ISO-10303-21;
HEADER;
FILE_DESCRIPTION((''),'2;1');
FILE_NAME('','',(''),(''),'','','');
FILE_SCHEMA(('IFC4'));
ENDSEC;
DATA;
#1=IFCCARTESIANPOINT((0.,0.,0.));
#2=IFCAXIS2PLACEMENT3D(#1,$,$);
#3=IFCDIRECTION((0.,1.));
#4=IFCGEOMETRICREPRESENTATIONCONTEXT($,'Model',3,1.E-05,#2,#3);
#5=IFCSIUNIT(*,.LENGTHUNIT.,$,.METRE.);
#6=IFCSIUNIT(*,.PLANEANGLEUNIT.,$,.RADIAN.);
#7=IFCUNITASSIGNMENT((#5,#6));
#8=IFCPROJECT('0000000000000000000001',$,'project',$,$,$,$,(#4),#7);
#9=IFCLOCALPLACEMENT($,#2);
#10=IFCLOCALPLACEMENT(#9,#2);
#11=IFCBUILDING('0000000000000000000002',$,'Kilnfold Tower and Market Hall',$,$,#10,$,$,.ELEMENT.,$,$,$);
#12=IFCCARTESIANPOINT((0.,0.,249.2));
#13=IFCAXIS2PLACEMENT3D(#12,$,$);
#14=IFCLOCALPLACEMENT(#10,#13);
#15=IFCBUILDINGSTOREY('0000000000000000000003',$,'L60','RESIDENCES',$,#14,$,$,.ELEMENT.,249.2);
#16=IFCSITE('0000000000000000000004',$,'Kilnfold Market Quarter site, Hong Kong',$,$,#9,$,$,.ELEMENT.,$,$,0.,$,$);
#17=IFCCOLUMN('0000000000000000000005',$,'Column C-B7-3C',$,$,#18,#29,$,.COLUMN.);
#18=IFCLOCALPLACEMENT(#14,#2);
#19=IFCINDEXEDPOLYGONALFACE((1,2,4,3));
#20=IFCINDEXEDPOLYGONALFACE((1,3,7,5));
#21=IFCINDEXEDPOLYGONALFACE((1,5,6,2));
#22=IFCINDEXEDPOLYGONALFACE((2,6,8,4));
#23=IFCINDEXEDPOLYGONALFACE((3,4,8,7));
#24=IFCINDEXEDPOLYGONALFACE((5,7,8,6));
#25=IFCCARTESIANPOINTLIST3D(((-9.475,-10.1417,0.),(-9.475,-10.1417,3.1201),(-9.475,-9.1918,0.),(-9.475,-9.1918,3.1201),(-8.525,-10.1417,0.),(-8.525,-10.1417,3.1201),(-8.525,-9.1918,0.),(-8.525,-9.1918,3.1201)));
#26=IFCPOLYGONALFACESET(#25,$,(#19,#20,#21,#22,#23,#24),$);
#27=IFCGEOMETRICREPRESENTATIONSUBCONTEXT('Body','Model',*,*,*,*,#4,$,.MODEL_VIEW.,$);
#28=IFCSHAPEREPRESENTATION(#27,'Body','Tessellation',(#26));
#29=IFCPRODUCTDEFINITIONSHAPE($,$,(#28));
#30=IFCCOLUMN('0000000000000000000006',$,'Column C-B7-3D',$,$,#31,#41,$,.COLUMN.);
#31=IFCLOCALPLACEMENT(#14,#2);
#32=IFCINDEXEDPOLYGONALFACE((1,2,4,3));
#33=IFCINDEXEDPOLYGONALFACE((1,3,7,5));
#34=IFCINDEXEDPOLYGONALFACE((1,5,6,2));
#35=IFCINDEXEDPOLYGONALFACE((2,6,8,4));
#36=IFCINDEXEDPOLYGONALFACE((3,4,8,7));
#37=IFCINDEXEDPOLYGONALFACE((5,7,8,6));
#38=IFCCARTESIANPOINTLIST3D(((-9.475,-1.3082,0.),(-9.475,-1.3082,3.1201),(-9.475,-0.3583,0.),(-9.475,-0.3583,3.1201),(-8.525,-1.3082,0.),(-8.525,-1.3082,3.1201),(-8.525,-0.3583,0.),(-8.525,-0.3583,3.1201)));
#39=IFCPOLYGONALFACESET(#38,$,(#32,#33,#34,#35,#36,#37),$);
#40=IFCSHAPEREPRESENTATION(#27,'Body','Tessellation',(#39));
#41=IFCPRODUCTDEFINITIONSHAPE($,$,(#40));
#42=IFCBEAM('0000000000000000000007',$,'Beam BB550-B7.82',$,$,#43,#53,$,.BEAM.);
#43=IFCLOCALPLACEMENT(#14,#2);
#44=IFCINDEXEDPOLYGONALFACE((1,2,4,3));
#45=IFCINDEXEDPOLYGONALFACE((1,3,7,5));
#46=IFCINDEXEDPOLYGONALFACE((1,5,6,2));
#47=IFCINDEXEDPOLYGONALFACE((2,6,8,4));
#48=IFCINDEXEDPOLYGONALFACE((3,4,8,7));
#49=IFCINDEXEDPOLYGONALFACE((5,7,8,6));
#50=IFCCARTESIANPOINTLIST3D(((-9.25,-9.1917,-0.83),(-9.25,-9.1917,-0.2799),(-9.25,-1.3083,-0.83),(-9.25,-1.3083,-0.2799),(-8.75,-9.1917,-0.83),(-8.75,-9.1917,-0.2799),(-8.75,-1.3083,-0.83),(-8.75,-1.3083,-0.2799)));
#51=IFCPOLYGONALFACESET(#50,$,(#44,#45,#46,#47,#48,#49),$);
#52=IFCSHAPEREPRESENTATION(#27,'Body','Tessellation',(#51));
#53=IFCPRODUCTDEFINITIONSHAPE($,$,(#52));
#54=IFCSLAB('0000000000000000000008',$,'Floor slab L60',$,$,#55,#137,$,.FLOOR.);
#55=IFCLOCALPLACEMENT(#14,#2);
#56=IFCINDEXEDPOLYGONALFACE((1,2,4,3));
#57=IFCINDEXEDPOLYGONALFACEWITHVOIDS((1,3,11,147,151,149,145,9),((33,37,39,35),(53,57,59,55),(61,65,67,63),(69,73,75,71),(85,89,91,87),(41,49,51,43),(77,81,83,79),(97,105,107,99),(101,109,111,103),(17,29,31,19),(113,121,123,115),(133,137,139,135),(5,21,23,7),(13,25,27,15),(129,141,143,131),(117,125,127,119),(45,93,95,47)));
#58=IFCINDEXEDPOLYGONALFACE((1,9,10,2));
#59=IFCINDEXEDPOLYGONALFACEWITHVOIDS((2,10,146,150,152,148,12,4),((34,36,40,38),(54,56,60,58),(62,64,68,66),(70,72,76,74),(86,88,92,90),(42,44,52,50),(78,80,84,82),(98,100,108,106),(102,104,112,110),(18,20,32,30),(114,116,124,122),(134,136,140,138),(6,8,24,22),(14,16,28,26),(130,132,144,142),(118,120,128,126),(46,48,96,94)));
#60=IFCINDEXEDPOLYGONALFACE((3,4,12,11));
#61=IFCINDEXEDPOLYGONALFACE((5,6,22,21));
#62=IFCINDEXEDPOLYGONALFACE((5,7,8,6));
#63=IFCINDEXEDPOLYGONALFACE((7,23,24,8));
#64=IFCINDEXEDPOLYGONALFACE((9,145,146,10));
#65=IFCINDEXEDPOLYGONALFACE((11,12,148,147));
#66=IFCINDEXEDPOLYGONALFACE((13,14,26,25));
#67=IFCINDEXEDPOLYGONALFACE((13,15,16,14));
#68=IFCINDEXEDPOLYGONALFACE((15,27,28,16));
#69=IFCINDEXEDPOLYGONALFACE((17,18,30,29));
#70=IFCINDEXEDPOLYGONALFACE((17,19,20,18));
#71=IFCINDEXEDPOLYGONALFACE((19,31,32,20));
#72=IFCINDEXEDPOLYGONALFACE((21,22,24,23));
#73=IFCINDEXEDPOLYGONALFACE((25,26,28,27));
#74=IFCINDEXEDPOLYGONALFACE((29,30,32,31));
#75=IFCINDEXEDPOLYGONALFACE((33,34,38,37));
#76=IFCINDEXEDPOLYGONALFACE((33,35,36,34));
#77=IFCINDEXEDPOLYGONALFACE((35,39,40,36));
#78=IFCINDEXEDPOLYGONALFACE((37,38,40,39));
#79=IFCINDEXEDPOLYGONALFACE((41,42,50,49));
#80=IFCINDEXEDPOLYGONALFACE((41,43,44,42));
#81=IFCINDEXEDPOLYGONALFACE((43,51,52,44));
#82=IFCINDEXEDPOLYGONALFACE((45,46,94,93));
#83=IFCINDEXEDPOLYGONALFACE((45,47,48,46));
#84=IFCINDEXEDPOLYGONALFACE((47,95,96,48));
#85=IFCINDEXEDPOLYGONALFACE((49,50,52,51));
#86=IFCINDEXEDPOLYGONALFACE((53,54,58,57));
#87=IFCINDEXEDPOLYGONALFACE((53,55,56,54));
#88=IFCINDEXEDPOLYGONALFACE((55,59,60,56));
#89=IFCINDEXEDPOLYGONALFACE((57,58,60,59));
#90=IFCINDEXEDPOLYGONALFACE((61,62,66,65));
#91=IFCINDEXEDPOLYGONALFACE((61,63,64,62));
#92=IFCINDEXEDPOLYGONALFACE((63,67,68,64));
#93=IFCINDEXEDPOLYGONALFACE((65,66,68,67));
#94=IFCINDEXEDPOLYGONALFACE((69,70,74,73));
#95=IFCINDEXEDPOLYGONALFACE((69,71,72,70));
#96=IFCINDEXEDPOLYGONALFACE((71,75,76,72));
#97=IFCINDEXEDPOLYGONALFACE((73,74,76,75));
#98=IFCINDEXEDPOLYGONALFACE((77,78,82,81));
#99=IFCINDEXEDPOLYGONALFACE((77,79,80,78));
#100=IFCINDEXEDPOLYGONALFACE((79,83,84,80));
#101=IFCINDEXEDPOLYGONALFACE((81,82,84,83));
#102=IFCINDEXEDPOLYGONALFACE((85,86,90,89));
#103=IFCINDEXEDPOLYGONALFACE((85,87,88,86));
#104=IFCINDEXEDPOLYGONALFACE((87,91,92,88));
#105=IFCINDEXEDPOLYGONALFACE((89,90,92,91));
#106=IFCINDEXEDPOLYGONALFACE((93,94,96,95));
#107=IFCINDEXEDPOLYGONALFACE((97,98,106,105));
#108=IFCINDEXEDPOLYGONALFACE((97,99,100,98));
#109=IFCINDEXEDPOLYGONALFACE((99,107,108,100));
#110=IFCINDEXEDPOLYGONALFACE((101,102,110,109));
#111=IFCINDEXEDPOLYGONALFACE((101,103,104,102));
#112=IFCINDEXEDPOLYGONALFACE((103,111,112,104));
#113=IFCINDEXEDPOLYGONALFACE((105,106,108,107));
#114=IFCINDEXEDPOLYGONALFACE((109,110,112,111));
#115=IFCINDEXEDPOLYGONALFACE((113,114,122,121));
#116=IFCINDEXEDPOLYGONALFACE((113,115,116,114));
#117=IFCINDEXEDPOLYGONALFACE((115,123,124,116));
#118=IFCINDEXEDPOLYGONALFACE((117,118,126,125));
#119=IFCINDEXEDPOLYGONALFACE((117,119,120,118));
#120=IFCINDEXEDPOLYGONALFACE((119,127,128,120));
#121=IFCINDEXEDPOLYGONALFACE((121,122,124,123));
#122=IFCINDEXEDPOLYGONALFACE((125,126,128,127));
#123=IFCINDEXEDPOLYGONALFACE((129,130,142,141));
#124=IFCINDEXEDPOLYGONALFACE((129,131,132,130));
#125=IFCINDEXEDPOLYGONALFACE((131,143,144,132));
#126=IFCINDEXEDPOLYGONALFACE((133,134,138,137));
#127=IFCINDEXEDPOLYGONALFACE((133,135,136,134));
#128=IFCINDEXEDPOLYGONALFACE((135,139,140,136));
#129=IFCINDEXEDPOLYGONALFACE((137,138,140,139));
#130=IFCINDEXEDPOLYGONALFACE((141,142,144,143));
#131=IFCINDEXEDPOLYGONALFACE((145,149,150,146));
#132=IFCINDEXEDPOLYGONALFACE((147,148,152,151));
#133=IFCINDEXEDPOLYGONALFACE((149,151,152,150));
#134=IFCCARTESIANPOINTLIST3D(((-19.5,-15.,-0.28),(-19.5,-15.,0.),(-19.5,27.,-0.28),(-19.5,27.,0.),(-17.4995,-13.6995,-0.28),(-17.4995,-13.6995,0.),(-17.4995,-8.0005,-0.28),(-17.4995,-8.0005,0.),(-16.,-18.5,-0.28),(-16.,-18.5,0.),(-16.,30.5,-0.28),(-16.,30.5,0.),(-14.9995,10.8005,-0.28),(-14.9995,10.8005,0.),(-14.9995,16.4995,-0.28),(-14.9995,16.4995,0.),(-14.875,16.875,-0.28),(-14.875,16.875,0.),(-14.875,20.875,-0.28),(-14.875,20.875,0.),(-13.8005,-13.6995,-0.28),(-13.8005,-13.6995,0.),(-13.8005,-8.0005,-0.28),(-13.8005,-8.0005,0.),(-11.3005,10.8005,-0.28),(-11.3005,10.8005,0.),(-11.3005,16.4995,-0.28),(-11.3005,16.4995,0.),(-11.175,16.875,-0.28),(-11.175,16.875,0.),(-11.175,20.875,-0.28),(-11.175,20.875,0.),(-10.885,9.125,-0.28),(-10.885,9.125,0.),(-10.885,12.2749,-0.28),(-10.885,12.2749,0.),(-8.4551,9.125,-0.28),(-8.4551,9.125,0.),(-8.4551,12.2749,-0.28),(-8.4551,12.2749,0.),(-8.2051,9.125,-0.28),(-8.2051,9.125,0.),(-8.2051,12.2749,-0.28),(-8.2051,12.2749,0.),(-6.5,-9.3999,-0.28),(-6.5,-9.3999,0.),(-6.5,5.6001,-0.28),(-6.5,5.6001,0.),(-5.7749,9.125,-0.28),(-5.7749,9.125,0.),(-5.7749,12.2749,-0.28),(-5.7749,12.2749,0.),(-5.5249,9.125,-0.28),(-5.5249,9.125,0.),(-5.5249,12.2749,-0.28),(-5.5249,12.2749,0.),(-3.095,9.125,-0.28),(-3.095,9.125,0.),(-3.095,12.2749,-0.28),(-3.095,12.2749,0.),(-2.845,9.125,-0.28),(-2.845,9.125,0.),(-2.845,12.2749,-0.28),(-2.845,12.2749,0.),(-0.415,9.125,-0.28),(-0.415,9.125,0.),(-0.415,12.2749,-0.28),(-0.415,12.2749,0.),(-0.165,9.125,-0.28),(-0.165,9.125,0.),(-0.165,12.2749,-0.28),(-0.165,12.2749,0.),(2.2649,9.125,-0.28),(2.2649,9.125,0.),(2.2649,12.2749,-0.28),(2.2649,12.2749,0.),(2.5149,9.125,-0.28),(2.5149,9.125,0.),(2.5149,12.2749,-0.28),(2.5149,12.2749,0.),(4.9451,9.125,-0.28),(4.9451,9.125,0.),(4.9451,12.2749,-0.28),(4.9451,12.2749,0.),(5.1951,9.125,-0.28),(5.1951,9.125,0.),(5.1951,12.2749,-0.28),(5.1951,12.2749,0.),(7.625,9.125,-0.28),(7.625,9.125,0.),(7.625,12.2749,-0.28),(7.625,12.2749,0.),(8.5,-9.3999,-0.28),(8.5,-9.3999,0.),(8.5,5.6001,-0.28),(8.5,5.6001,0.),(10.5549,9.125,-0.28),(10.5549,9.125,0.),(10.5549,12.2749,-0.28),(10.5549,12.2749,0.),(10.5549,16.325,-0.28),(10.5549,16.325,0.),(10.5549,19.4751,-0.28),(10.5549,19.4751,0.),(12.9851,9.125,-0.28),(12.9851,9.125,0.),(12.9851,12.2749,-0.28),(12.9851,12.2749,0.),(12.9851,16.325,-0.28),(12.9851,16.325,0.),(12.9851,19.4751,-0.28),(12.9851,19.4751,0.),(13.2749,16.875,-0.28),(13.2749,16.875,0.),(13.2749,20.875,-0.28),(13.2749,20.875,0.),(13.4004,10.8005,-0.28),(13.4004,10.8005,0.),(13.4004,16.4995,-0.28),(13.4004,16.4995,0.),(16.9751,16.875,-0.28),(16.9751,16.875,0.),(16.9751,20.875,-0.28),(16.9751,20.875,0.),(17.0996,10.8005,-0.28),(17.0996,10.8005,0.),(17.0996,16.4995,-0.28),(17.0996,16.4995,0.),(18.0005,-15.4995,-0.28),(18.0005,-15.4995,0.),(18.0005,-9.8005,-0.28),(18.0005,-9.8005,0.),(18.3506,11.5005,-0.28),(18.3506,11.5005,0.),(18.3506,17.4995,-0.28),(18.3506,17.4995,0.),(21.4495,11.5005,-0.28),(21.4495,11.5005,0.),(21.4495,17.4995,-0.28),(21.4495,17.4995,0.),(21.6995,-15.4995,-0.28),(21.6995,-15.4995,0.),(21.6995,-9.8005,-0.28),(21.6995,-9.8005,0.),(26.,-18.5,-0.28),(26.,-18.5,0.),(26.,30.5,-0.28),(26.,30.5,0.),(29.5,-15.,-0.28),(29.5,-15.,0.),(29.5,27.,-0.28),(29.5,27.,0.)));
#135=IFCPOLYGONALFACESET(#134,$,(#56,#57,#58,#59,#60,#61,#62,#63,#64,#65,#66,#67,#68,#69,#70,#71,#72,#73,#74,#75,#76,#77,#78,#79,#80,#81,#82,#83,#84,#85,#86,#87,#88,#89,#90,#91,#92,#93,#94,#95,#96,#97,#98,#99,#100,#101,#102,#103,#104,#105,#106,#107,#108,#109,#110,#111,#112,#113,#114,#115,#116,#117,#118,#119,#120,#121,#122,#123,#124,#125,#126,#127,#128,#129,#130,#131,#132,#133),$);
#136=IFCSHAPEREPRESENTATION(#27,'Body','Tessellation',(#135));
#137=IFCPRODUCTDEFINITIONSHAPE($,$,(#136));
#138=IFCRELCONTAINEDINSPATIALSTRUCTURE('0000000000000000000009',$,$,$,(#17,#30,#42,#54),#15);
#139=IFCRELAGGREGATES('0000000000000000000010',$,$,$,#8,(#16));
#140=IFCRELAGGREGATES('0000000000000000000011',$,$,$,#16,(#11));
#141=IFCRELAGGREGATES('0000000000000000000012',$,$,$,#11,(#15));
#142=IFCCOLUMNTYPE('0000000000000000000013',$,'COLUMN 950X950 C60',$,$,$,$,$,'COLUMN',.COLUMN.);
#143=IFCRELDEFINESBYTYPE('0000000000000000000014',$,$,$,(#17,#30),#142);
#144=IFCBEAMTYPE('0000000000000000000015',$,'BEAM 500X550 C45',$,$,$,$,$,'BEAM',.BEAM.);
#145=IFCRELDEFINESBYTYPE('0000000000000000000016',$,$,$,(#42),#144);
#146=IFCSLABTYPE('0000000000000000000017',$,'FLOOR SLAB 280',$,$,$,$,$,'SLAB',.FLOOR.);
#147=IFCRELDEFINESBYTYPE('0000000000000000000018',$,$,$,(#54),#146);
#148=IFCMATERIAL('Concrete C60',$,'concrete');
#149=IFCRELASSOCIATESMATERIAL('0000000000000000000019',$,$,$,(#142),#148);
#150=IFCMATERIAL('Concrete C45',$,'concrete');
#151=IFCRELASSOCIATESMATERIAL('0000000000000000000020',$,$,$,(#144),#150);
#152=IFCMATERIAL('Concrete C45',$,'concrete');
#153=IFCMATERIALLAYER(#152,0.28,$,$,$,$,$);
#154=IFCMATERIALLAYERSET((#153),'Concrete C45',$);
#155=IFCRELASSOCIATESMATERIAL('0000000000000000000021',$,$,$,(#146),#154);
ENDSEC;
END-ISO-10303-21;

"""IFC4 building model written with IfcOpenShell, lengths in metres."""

from ifc_helpers import new_model, si_unit, direction, frame, origin, origin_2d, place, context, subcontext, project, spatial, polyline, rectangle, outline, extrude, source, transform, mapped, material, layer, layer_set, material_profile, profile_set, type_object, element, save


model = new_model("IFC4")

# Units and contexts
model_context = context("Model", 3, precision=1e-05, world=origin(), true_north=direction((0.0, 1.0)))
body_context = subcontext(model_context, "Body", "Model", "MODEL_VIEW")
ifc_project = project(units=[si_unit("LENGTHUNIT", "METRE"), si_unit("PLANEANGLEUNIT", "RADIAN")], contexts=[model_context])

# Site, building, storey
site_placement = place(None, origin())
site = spatial("IfcSite", under=ifc_project, at=site_placement, Name="Kilnfold Market Quarter site, Hong Kong", CompositionType="ELEMENT", RefElevation=0.0)
building_placement = place(site_placement, origin())
building = spatial("IfcBuilding", under=site, at=building_placement, Name="Kilnfold Tower and Market Hall", CompositionType="ELEMENT")
storey_placement = place(building_placement, frame((0.0, 0.0, 249.2)))
storey = spatial("IfcBuildingStorey", under=building, at=storey_placement, Name="L60", Description="RESIDENCES", CompositionType="ELEMENT", Elevation=249.2)

# Columns
ifc_material_1 = material(Name="Concrete C60", Category="concrete")
ifc_material_profile_1 = material_profile(ifc_material_1, rectangle(XDim=0.95, YDim=0.95, at=origin_2d()), Name="RC 950x950")
ifc_profile_set_1 = profile_set([ifc_material_profile_1], Name="Concrete C60")
column_type = type_object("IfcColumnType", Name="COLUMN 950X950 C60", ElementType="COLUMN", PredefinedType="COLUMN", material=ifc_profile_set_1)
shared_shape_1 = source(origin(), body_context, "Body", "SweptSolid", [
    extrude(rectangle(XDim=0.95, YDim=0.95, at=origin_2d()), origin(), (0.0, 0.0, 1.0), 3.1201),
])
for number, where, z_axis, x_axis, name in (
    (1, (-9.0, -9.6667, 0.0), (0.0, 0.0, 1.0), (1.0, 0.0, 0.0), "Column C-B7-3C"),
    (2, (-9.0, -0.8333, 0.0), (0.0, 0.0, 1.0), (1.0, 0.0, 0.0), "Column C-B7-3D"),
):
    element("IfcColumn", number, at=place(storey_placement, frame(where, z_axis=z_axis, x_axis=x_axis)), inside=storey, type_object=column_type, Name=name, PredefinedType="COLUMN", context=body_context, shape_type="MappedRepresentation", body=[
        mapped(shared_shape_1, transform((0.0, 0.0, 0.0))),
    ])

# Beam
ifc_material_2 = material(Name="Concrete C45", Category="concrete")
ifc_material_profile_2 = material_profile(ifc_material_2, rectangle(XDim=0.5, YDim=0.55, at=origin_2d()), Name="RC 500x550")
ifc_profile_set_2 = profile_set([ifc_material_profile_2], Name="Concrete C45")
beam_type = type_object("IfcBeamType", Name="BEAM 500X550 C45", ElementType="BEAM", PredefinedType="BEAM", material=ifc_profile_set_2)
shared_shape_2 = source(origin(), body_context, "Body", "SweptSolid", [
    extrude(rectangle(XDim=0.5, YDim=0.55, at=origin_2d()), origin(), (0.0, 0.0, 1.0), 7.8833),
])
beam_placement = place(storey_placement, frame((-9.0, -9.1917, -0.5549), z_axis=(0.0, 1.0, 0.0), x_axis=(-1.0, 0.0, 0.0)))
element("IfcBeam", 3, at=beam_placement, inside=storey, type_object=beam_type, Name="Beam BB550-B7.82", PredefinedType="BEAM", context=body_context, shape_type="MappedRepresentation", body=[
    mapped(shared_shape_2, transform((0.0, 0.0, 0.0))),
])

# Slab
ifc_material_3 = material(Name="Concrete C45", Category="concrete")
ifc_layer_1 = layer(ifc_material_3, 0.28)
ifc_layer_set_1 = layer_set([ifc_layer_1], Name="Concrete C45")
slab_type_1 = type_object("IfcSlabType", Name="FLOOR SLAB 280", ElementType="SLAB", PredefinedType="FLOOR", material=ifc_layer_set_1)
shared_shape_3 = source(origin(), body_context, "Body", "SweptSolid", [
    extrude(outline(polyline([(-16.0, -18.5), (26.0, -18.5), (29.5, -15.0), (29.5, 27.0), (26.0, 30.5), (-16.0, 30.5), (-19.5, 27.0), (-19.5, -15.0), (-16.0, -18.5)]), holes=[polyline([(-13.8005, -13.6995), (-17.4995, -13.6995), (-17.4995, -8.0005), (-13.8005, -8.0005), (-13.8005, -13.6995)]), polyline([(-11.3005, 10.8005), (-14.9995, 10.8005), (-14.9995, 16.4995), (-11.3005, 16.4995), (-11.3005, 10.8005)]), polyline([(-11.175, 16.875), (-14.875, 16.875), (-14.875, 20.875), (-11.175, 20.875), (-11.175, 16.875)]), polyline([(-8.4551, 9.125), (-10.885, 9.125), (-10.885, 12.2749), (-8.4551, 12.2749), (-8.4551, 9.125)]), polyline([(-5.7749, 9.125), (-8.2051, 9.125), (-8.2051, 12.2749), (-5.7749, 12.2749), (-5.7749, 9.125)]), polyline([(8.5, -9.3999), (-6.5, -9.3999), (-6.5, 5.6001), (8.5, 5.6001), (8.5, -9.3999)]), polyline([(-3.095, 9.125), (-5.5249, 9.125), (-5.5249, 12.2749), (-3.095, 12.2749), (-3.095, 9.125)]), polyline([(-0.415, 9.125), (-2.845, 9.125), (-2.845, 12.2749), (-0.415, 12.2749), (-0.415, 9.125)]), polyline([(2.2649, 9.125), (-0.165, 9.125), (-0.165, 12.2749), (2.2649, 12.2749), (2.2649, 9.125)]), polyline([(4.9451, 9.125), (2.5149, 9.125), (2.5149, 12.2749), (4.9451, 12.2749), (4.9451, 9.125)]), polyline([(7.625, 9.125), (5.1951, 9.125), (5.1951, 12.2749), (7.625, 12.2749), (7.625, 9.125)]), polyline([(12.9851, 9.125), (10.5549, 9.125), (10.5549, 12.2749), (12.9851, 12.2749), (12.9851, 9.125)]), polyline([(10.5549, 16.325), (10.5549, 19.4751), (12.9851, 19.4751), (12.9851, 16.325), (10.5549, 16.325)]), polyline([(13.2749, 16.875), (13.2749, 20.875), (16.9751, 20.875), (16.9751, 16.875), (13.2749, 16.875)]), polyline([(17.0996, 10.8005), (13.4004, 10.8005), (13.4004, 16.4995), (17.0996, 16.4995), (17.0996, 10.8005)]), polyline([(18.0005, -9.8005), (21.6995, -9.8005), (21.6995, -15.4995), (18.0005, -15.4995), (18.0005, -9.8005)]), polyline([(21.4495, 11.5005), (18.3506, 11.5005), (18.3506, 17.4995), (21.4495, 17.4995), (21.4495, 11.5005)])]), origin(), (0.0, 0.0, 1.0), 0.28),
])
slab_1_placement = place(storey_placement, frame((0.0, 0.0, -0.28)))
element("IfcSlab", 4, at=slab_1_placement, inside=storey, type_object=slab_type_1, Name="Floor slab L60", PredefinedType="FLOOR", context=body_context, shape_type="MappedRepresentation", body=[
    mapped(shared_shape_3, transform((0.0, 0.0, 0.0))),
])

save(model, "model.ifc")
